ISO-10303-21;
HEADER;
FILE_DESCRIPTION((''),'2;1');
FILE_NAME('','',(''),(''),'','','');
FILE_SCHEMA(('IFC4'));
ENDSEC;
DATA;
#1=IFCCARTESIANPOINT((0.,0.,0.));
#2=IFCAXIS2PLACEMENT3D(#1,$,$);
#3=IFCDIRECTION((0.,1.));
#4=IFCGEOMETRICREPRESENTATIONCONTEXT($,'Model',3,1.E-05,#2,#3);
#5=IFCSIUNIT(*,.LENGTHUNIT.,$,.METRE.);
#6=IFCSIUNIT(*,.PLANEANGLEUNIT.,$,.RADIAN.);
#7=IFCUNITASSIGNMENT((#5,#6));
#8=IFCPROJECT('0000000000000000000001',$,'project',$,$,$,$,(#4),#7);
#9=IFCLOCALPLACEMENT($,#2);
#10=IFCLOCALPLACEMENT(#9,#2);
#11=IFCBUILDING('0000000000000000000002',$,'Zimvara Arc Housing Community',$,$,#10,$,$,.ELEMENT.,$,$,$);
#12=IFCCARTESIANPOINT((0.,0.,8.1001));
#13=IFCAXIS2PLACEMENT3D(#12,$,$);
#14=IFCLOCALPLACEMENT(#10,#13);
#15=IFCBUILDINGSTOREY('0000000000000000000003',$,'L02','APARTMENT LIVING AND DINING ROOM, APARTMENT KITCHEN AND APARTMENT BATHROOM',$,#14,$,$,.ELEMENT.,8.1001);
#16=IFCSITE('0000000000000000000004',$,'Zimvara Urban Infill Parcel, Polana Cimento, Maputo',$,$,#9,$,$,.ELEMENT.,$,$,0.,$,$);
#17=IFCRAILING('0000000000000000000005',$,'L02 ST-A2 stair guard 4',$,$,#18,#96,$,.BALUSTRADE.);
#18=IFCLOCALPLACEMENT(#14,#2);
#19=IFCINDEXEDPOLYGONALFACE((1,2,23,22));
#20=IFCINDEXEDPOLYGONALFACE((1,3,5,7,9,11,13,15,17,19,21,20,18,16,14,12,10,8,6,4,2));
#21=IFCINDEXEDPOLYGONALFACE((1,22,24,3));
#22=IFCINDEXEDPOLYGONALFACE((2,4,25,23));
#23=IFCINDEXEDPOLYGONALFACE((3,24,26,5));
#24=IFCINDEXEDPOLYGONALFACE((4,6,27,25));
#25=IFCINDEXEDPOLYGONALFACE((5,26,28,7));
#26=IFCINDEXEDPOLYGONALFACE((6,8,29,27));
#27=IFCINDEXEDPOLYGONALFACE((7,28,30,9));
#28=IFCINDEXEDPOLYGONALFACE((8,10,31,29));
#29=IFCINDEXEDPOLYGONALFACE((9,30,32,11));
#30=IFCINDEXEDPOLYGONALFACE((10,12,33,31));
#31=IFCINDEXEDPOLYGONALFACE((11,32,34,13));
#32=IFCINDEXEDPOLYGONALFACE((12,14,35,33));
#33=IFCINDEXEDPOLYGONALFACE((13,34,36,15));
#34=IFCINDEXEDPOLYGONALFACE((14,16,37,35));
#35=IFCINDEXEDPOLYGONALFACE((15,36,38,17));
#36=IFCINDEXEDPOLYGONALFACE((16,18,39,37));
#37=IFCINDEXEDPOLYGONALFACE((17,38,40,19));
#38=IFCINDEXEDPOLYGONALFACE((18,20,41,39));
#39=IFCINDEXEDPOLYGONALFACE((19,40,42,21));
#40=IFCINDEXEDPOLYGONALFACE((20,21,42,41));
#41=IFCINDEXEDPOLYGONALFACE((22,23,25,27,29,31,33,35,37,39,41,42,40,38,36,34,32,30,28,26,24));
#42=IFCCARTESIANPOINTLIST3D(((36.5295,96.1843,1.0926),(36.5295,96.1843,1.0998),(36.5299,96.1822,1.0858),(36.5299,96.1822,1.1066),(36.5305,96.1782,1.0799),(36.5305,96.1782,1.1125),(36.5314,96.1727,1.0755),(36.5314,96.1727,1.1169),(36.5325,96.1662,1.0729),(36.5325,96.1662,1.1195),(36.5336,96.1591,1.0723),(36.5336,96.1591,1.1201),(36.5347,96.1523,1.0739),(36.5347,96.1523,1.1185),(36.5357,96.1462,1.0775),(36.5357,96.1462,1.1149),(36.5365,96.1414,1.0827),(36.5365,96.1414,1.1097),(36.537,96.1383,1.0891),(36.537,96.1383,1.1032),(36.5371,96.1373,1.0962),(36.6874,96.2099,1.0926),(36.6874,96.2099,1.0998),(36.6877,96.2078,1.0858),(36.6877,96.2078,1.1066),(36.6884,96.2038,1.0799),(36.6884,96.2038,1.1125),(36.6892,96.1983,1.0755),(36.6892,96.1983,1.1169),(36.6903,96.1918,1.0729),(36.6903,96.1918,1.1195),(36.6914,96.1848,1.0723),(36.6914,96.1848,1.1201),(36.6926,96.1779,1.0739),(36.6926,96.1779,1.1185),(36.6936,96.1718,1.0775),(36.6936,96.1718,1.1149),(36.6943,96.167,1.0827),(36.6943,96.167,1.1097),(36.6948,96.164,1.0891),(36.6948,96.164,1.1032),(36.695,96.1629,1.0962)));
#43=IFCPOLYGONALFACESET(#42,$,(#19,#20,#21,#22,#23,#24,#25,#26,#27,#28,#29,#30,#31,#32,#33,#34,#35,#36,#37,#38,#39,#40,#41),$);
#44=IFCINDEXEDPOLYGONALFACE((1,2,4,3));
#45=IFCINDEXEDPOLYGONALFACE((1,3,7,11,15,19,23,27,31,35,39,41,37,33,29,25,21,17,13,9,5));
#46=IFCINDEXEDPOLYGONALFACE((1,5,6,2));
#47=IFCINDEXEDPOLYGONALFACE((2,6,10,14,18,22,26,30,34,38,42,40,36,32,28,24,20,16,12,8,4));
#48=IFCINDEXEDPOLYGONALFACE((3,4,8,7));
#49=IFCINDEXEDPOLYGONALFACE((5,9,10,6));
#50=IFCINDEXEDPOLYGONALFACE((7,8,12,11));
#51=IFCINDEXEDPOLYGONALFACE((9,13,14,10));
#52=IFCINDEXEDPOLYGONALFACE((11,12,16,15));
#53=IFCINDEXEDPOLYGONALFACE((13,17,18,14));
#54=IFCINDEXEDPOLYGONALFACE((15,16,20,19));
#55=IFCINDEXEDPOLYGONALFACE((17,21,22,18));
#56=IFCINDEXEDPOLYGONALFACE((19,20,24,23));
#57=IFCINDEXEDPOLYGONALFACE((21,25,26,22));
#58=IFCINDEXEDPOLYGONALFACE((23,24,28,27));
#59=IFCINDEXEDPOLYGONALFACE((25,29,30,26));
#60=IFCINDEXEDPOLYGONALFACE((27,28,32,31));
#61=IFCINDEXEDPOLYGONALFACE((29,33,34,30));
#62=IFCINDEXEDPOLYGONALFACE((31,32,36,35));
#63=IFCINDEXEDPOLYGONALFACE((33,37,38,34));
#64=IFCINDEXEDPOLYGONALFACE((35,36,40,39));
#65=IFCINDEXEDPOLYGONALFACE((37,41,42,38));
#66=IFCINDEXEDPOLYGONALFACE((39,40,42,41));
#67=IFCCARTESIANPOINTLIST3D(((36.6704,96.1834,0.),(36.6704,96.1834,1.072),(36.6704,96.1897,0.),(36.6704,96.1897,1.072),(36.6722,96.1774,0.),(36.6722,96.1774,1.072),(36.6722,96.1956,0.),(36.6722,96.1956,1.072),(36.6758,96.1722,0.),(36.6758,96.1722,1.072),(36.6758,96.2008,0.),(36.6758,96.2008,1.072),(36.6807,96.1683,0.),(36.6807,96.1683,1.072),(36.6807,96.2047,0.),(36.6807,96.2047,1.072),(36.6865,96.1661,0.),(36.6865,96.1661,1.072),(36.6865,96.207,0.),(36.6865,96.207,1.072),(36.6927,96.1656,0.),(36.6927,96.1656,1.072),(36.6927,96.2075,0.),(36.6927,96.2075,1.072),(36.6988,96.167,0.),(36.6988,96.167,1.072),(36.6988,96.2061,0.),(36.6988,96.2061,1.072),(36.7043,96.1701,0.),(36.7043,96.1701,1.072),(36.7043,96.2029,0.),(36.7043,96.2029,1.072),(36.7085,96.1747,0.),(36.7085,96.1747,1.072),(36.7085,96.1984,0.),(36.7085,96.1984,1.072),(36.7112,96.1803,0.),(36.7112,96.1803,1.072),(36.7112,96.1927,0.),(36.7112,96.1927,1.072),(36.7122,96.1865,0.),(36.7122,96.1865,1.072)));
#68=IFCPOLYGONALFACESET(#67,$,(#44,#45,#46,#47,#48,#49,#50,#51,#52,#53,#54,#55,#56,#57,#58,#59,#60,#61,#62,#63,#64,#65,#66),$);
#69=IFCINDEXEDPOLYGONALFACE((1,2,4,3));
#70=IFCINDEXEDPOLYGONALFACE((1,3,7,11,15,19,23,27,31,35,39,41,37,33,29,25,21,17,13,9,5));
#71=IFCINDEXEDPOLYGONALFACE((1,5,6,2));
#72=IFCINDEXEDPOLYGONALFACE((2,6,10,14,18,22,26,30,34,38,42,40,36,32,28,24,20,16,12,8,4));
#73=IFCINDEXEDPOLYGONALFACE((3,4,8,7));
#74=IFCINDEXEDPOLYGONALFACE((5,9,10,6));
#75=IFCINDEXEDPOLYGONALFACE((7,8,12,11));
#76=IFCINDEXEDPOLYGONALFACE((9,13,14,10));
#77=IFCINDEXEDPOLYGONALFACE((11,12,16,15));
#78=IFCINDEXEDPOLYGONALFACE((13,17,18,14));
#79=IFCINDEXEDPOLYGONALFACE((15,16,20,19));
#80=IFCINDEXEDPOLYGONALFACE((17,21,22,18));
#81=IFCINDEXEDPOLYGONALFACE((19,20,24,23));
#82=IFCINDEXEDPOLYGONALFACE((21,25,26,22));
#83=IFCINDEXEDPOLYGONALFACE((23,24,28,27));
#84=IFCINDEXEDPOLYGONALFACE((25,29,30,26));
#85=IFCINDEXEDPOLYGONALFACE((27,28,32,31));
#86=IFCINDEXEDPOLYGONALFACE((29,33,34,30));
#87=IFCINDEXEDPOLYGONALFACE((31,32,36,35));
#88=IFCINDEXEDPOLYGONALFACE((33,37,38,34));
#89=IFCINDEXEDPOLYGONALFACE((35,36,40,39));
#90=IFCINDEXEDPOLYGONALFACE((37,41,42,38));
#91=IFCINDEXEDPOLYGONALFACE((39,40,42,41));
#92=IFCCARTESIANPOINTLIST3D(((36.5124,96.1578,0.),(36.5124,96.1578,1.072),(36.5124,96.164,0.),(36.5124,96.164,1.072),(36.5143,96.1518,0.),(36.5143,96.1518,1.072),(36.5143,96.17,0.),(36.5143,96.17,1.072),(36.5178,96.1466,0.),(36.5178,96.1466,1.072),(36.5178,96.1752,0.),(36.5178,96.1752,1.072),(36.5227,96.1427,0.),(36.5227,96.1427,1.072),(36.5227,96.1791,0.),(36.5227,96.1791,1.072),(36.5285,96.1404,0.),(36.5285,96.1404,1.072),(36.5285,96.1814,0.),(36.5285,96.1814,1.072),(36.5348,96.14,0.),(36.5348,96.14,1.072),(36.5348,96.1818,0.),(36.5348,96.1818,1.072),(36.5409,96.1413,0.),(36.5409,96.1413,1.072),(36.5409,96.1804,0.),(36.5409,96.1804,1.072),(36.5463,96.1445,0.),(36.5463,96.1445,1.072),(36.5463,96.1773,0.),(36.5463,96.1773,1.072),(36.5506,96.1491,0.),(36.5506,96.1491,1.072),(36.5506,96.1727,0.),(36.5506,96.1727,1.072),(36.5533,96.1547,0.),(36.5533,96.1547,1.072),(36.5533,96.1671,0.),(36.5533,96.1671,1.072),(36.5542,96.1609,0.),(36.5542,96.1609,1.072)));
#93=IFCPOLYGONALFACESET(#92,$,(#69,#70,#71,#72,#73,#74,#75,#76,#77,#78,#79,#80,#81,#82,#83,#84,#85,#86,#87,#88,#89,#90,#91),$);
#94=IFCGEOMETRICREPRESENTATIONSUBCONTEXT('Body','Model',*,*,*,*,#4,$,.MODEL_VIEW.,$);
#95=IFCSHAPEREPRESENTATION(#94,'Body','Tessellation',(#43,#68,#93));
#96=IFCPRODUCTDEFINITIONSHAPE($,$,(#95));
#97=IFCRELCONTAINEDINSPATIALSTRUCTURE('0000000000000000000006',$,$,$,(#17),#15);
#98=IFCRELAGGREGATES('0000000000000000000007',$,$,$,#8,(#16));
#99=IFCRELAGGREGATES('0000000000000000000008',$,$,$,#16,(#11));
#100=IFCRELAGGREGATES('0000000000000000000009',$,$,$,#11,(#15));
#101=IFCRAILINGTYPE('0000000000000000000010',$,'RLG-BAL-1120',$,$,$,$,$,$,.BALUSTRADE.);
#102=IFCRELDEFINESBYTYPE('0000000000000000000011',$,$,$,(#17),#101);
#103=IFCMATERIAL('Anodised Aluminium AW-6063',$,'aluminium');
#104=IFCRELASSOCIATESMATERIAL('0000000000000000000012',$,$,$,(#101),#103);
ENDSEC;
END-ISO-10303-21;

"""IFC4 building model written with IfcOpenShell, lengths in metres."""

from ifc_helpers import new_model, si_unit, direction, frame, origin, origin_2d, place, context, subcontext, project, spatial, circle, extrude, material, type_object, element, save


model = new_model("IFC4")

# Units and contexts
model_context = context("Model", 3, precision=1e-05, world=origin(), true_north=direction((0.0, 1.0)))
body_context = subcontext(model_context, "Body", "Model", "MODEL_VIEW")
ifc_project = project(units=[si_unit("LENGTHUNIT", "METRE"), si_unit("PLANEANGLEUNIT", "RADIAN")], contexts=[model_context])

# Site, building, storey
site_placement = place(None, origin())
site = spatial("IfcSite", under=ifc_project, at=site_placement, Name="Zimvara Urban Infill Parcel, Polana Cimento, Maputo", CompositionType="ELEMENT", RefElevation=0.0)
building_placement = place(site_placement, origin())
building = spatial("IfcBuilding", under=site, at=building_placement, Name="Zimvara Arc Housing Community", CompositionType="ELEMENT")
storey_placement = place(building_placement, frame((0.0, 0.0, 8.1001)))
storey = spatial("IfcBuildingStorey", under=building, at=storey_placement, Name="L02", Description="APARTMENT LIVING AND DINING ROOM, APARTMENT KITCHEN AND APARTMENT BATHROOM", CompositionType="ELEMENT", Elevation=8.1001)

# Railing
ifc_material_1 = material(Name="Anodised Aluminium AW-6063", Category="aluminium")
railing_type = type_object("IfcRailingType", Name="RLG-BAL-1120", PredefinedType="BALUSTRADE", material=ifc_material_1)
railing_1_placement = place(storey_placement, frame((36.6912, 96.1865, 0.0)))
element("IfcRailing", 1, at=railing_1_placement, inside=storey, type_object=railing_type, Name="L02 ST-A2 stair guard 4", PredefinedType="BALUSTRADE", context=body_context, shape_type="SweptSolid", body=[
    extrude(circle(Radius=0.0239, at=origin_2d()), frame((0.0, 0.0, 1.0962), z_axis=(-0.987086, -0.160192, 0.0), x_axis=(0.160192, -0.987086, 0.0)), (0.0, 0.0, 1.0), 0.1599),
    extrude(circle(Radius=0.021, at=origin_2d()), origin(), (0.0, 0.0, 1.0), 1.072),
    extrude(circle(Radius=0.021, at=origin_2d()), frame((-0.158, -0.0256, 0.0)), (0.0, 0.0, 1.0), 1.072),
])

save(model, "model.ifc")
